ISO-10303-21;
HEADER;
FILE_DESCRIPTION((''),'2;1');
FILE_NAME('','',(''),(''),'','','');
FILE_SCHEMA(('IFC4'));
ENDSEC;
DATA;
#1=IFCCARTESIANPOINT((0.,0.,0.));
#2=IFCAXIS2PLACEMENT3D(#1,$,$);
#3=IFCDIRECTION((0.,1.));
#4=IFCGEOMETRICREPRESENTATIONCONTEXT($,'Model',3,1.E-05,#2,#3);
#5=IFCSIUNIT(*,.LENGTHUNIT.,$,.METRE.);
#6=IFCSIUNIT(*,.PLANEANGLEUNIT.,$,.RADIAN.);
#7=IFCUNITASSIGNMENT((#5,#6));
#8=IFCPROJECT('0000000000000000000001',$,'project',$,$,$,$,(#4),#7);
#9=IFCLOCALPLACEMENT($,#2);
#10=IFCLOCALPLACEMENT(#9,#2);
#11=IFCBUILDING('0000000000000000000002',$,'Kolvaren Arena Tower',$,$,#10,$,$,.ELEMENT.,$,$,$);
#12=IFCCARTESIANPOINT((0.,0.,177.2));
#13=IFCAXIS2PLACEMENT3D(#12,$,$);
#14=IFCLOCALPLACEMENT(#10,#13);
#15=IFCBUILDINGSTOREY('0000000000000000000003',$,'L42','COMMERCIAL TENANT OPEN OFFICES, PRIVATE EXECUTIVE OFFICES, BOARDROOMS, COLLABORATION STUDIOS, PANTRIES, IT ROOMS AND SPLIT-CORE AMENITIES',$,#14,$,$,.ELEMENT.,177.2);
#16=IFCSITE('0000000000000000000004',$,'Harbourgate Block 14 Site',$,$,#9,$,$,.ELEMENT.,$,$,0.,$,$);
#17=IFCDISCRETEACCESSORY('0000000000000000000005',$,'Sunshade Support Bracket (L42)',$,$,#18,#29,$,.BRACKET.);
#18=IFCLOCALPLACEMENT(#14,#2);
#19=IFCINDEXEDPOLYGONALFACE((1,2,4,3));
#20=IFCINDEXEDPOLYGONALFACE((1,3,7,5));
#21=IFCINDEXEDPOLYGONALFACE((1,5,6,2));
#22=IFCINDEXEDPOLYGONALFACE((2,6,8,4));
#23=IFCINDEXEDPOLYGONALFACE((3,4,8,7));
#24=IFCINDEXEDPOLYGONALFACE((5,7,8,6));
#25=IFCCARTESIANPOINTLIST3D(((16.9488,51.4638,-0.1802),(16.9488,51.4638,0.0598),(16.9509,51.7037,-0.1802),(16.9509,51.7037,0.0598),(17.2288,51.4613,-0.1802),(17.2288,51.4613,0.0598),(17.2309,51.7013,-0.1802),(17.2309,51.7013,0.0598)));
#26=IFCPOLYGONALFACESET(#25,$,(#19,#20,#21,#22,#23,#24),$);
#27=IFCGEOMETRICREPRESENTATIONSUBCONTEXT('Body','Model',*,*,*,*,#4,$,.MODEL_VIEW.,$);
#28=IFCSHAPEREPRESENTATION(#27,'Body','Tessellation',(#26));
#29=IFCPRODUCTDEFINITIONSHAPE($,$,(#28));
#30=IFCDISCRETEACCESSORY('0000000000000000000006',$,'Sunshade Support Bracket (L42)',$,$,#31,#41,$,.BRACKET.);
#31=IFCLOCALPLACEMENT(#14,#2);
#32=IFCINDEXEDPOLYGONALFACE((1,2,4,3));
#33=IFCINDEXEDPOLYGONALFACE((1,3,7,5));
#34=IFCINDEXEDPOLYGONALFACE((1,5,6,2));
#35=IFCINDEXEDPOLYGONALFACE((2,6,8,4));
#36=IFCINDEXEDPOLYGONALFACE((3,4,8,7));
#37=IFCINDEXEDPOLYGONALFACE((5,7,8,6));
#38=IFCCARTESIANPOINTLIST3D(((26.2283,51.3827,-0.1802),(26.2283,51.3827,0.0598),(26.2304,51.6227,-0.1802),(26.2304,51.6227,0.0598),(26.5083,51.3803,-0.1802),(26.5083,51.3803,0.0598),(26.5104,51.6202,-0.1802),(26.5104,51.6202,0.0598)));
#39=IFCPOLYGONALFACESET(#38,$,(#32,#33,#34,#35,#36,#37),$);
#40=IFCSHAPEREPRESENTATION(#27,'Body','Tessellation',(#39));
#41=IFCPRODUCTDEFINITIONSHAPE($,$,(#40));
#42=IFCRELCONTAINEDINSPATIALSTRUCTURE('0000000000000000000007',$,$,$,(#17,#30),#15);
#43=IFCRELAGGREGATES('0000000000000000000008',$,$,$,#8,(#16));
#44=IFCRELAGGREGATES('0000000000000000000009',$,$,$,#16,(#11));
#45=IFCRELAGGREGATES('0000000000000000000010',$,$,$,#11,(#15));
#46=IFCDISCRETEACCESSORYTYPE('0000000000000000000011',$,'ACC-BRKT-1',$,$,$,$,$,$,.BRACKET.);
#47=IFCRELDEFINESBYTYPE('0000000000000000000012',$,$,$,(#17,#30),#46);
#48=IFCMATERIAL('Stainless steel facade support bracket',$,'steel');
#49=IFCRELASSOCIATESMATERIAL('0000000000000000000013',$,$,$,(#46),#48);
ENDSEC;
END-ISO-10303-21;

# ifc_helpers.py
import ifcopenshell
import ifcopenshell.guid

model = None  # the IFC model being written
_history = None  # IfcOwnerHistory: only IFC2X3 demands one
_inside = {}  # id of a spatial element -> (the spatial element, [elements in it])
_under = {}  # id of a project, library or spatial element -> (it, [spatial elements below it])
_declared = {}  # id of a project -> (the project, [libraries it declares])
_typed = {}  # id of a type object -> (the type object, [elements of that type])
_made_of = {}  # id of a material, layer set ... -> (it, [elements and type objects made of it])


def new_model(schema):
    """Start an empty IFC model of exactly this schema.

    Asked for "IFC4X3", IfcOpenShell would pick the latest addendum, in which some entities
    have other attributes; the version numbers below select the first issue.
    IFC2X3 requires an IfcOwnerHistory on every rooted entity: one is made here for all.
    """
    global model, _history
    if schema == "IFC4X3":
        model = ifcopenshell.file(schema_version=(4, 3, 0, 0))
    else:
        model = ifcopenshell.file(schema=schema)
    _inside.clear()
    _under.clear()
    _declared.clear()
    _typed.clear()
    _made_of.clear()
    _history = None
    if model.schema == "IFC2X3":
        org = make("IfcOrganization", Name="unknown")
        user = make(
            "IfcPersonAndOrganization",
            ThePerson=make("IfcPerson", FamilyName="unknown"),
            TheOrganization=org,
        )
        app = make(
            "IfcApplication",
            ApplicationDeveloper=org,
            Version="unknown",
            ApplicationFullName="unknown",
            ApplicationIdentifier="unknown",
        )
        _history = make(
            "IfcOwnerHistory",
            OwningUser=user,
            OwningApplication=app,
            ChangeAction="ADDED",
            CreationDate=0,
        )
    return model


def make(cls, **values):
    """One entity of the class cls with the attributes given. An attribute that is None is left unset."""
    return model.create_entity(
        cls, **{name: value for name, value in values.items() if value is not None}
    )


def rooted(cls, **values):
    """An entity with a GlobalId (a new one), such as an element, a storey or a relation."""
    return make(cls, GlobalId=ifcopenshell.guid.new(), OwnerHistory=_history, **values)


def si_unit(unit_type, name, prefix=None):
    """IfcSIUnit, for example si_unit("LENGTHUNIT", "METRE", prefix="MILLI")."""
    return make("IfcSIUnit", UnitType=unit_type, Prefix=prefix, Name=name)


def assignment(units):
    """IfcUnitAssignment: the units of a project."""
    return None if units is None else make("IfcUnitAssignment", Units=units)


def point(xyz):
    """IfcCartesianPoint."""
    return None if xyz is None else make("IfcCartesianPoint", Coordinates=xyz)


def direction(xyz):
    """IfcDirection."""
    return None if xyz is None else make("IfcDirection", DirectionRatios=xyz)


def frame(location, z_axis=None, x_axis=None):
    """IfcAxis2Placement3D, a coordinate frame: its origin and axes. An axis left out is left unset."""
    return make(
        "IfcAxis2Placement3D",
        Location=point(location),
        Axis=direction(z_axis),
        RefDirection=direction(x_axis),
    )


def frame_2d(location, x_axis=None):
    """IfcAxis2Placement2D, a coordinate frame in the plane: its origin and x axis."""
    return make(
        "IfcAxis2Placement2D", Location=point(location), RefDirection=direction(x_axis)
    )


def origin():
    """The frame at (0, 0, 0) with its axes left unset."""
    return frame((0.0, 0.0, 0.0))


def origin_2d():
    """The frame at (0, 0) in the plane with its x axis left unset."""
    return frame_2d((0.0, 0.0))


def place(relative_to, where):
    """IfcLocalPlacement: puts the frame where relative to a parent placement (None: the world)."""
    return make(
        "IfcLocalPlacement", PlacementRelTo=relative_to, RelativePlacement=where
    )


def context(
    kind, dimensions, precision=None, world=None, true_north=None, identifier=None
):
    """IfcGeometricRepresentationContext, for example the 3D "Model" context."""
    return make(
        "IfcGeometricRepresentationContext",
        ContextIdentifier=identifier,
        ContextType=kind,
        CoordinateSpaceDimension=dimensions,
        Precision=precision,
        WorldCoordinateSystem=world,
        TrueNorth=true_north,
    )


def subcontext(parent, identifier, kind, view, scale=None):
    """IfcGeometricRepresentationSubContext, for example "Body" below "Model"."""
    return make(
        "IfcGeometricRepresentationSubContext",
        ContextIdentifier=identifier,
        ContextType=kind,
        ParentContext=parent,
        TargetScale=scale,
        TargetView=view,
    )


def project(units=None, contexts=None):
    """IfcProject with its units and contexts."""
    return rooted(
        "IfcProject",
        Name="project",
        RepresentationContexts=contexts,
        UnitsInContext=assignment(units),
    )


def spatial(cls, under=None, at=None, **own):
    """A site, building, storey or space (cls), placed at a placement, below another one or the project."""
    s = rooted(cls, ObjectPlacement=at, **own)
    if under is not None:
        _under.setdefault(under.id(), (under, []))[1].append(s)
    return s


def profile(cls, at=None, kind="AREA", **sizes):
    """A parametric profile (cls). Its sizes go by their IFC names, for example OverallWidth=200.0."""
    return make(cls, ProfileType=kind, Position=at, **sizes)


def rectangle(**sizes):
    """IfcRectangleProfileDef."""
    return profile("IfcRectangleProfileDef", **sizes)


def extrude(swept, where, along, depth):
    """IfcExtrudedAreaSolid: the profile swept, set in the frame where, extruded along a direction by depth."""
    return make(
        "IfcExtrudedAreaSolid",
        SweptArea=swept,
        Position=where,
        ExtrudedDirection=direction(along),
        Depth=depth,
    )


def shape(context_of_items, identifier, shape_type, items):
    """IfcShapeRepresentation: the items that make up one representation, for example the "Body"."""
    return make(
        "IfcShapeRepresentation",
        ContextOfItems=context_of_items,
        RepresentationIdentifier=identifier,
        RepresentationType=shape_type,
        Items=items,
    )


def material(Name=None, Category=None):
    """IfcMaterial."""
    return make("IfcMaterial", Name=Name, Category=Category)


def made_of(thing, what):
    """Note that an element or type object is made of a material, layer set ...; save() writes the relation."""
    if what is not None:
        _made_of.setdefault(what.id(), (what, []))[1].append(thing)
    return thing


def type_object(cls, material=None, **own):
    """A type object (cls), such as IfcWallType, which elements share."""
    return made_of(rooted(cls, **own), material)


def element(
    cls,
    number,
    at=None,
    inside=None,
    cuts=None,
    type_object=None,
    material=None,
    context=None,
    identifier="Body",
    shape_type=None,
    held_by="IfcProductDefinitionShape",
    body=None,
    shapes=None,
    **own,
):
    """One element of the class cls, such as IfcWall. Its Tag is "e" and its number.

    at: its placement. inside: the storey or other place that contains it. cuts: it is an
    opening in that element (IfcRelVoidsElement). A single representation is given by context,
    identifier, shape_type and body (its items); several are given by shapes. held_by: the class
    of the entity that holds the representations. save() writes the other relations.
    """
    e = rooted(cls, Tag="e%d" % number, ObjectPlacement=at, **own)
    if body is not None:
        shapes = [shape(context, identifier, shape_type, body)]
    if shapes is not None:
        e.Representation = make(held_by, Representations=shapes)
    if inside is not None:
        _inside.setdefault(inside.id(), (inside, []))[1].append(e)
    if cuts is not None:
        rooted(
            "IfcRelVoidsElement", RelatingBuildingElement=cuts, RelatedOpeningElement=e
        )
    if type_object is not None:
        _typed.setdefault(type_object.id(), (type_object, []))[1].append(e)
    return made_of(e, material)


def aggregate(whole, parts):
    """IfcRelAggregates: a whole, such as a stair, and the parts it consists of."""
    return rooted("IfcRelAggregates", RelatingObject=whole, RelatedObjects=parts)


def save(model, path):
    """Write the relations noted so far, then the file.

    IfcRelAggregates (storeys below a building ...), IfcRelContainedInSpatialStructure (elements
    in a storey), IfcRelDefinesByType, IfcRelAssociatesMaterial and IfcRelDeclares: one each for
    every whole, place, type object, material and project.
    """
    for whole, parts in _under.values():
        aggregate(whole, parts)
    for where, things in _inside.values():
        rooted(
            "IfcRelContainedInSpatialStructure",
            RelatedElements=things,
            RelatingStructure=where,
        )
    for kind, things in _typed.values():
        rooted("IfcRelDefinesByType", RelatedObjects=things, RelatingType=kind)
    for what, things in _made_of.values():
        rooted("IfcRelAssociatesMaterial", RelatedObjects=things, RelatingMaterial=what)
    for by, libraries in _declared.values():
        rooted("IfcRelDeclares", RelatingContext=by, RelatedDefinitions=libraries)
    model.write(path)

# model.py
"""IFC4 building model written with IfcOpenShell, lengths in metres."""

from ifc_helpers import new_model, si_unit, direction, frame, origin, origin_2d, place, context, subcontext, project, spatial, rectangle, extrude, material, type_object, element, save


model = new_model("IFC4")

# Units and contexts
model_context = context("Model", 3, precision=1e-05, world=origin(), true_north=direction((0.0, 1.0)))
body_context = subcontext(model_context, "Body", "Model", "MODEL_VIEW")
ifc_project = project(units=[si_unit("LENGTHUNIT", "METRE"), si_unit("PLANEANGLEUNIT", "RADIAN")], contexts=[model_context])

# Site, building, storey
site_placement = place(None, origin())
site = spatial("IfcSite", under=ifc_project, at=site_placement, Name="Harbourgate Block 14 Site", CompositionType="ELEMENT", RefElevation=0.0)
building_placement = place(site_placement, origin())
building = spatial("IfcBuilding", under=site, at=building_placement, Name="Kolvaren Arena Tower", CompositionType="ELEMENT")
storey_placement = place(building_placement, frame((0.0, 0.0, 177.2)))
storey = spatial("IfcBuildingStorey", under=building, at=storey_placement, Name="L42", Description="COMMERCIAL TENANT OPEN OFFICES, PRIVATE EXECUTIVE OFFICES, BOARDROOMS, COLLABORATION STUDIOS, PANTRIES, IT ROOMS AND SPLIT-CORE AMENITIES", CompositionType="ELEMENT", Elevation=177.2)

# Discrete accessories
ifc_material_1 = material(Name="Stainless steel facade support bracket", Category="steel")
discrete_accessory_type = type_object("IfcDiscreteAccessoryType", Name="ACC-BRKT-1", PredefinedType="BRACKET", material=ifc_material_1)
for number, where, z_axis, x_axis, name in (
    (1, (17.0898, 51.5825, -0.1802), (0.0, 0.0, 1.0), (0.999962, -0.008727, 0.0), "Sunshade Support Bracket (L42)"),
    (2, (26.3694, 51.5015, -0.1802), (0.0, 0.0, 1.0), (0.999962, -0.008727, 0.0), "Sunshade Support Bracket (L42)"),
):
    element("IfcDiscreteAccessory", number, at=place(storey_placement, frame(where, z_axis=z_axis, x_axis=x_axis)), inside=storey, type_object=discrete_accessory_type, Name=name, PredefinedType="BRACKET", context=body_context, shape_type="SweptSolid", body=[
        extrude(rectangle(XDim=0.28, YDim=0.24, at=origin_2d()), origin(), (0.0, 0.0, 1.0), 0.24),
    ])

save(model, "model.ifc")
